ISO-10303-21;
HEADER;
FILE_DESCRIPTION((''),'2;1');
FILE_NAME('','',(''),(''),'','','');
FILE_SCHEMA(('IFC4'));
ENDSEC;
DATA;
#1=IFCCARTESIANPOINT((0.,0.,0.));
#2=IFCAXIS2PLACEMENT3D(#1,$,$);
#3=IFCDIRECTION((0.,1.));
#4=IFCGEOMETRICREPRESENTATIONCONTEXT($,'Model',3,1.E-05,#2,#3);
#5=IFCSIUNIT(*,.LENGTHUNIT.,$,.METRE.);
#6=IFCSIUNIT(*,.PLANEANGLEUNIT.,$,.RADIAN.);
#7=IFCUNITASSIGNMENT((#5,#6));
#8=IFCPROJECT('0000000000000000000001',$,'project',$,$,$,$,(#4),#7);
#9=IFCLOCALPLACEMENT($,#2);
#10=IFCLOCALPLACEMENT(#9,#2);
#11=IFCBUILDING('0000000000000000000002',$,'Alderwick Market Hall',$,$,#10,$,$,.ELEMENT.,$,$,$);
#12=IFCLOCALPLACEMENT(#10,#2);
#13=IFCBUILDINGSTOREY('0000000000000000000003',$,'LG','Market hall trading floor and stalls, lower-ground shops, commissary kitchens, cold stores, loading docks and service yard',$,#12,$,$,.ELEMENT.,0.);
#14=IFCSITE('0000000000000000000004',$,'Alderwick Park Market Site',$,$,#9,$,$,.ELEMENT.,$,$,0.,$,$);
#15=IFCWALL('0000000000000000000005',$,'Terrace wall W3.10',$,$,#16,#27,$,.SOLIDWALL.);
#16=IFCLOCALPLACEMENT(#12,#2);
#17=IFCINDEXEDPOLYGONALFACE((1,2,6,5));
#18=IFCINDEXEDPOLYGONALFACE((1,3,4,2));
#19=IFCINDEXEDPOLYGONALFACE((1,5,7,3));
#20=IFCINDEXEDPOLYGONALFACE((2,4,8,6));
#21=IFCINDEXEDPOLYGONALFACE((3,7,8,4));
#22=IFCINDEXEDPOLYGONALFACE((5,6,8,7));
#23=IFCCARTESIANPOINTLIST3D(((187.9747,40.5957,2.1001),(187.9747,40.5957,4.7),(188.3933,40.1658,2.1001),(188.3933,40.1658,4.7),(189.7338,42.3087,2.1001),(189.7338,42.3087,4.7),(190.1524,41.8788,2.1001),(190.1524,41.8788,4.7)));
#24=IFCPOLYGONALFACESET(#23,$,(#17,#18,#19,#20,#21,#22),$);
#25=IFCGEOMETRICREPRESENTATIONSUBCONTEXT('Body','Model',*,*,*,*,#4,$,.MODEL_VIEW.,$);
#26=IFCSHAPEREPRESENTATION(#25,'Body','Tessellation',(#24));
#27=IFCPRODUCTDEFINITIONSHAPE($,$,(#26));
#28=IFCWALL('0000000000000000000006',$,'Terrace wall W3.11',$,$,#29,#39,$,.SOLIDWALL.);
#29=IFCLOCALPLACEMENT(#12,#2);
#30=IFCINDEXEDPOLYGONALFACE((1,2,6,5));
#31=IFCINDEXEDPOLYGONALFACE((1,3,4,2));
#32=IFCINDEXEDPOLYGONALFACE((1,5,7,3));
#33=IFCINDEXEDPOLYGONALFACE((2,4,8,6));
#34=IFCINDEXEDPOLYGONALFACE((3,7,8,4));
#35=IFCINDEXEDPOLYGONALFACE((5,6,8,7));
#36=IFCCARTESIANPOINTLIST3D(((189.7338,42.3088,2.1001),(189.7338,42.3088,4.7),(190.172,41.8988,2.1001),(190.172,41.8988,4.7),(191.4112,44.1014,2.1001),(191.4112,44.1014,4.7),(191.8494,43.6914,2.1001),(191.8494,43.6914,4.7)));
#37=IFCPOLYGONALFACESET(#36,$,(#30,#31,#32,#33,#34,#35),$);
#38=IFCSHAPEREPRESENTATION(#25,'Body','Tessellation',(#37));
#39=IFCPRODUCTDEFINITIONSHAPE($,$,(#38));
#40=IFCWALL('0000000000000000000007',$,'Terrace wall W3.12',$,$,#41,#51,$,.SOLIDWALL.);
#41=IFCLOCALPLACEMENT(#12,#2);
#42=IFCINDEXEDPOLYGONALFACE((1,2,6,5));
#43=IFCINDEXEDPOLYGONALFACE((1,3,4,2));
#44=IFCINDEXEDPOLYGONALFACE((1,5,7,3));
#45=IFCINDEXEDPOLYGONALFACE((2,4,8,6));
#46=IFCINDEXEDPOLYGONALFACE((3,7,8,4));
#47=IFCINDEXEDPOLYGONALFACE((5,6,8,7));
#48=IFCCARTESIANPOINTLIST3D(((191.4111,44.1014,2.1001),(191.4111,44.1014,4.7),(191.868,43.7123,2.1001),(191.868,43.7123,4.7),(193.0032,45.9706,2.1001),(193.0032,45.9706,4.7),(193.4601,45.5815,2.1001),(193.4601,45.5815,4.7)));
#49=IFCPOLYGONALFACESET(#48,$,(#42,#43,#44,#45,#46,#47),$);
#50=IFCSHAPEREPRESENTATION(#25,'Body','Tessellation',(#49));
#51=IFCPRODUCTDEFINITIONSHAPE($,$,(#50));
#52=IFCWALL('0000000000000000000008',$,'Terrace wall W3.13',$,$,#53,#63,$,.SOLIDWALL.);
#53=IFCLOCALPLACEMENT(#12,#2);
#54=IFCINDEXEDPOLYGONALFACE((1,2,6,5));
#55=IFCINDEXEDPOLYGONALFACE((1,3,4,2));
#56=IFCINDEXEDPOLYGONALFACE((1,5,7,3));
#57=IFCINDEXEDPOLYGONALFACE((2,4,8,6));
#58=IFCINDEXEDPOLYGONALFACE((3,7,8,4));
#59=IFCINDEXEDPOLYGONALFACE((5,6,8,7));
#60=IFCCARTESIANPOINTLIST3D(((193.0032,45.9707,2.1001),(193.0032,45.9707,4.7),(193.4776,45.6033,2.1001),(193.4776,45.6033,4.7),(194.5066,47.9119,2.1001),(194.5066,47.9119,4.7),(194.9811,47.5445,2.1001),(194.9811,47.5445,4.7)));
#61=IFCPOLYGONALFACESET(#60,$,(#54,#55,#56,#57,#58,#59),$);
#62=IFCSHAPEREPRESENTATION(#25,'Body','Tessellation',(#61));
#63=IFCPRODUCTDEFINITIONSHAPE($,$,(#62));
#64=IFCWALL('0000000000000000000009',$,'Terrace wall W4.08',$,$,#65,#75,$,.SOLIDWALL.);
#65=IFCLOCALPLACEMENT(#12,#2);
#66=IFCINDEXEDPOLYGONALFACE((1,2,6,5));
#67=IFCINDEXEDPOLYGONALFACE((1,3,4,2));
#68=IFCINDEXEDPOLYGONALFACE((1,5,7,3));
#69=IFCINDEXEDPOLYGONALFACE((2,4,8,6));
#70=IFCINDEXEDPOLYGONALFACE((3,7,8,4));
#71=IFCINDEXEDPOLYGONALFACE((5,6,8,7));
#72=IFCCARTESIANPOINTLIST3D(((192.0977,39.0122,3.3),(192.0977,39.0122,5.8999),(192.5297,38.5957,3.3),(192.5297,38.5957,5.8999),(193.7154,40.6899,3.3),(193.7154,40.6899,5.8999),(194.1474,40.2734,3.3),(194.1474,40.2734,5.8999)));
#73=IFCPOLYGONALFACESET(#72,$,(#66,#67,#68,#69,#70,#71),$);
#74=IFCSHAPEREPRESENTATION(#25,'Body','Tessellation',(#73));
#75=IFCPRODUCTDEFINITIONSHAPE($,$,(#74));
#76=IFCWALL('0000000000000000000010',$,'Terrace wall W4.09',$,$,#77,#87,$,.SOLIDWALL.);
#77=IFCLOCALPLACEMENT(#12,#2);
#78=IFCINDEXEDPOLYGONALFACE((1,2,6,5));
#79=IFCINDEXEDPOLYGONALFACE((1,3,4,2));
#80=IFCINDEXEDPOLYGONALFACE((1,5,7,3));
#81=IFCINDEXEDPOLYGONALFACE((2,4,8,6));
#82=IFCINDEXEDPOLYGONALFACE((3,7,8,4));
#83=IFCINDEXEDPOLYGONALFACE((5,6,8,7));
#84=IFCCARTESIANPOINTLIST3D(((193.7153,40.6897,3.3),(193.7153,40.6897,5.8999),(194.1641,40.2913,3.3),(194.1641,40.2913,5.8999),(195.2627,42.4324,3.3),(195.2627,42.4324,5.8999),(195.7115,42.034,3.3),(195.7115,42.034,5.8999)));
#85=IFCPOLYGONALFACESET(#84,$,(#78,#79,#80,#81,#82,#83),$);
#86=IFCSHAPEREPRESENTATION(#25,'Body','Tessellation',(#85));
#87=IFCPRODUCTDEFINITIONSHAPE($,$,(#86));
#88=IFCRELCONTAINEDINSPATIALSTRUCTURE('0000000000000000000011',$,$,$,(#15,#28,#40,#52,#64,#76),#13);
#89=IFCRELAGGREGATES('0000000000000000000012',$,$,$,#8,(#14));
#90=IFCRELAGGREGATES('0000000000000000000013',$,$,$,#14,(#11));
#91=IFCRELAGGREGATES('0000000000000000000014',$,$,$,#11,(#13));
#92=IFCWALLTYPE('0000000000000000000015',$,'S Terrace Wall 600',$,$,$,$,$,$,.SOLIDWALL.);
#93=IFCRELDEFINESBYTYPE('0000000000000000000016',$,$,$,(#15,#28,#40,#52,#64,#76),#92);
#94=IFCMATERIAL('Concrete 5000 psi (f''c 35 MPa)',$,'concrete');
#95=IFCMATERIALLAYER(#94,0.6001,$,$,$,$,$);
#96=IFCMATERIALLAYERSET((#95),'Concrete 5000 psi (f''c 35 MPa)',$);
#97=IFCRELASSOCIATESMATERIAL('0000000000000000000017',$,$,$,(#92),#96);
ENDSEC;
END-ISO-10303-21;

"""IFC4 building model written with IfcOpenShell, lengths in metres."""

from ifc_helpers import new_model, si_unit, direction, frame, frame_2d, origin, place, context, subcontext, project, spatial, rectangle, extrude, material, layer, layer_set, type_object, element, save


model = new_model("IFC4")

# Units and contexts
model_context = context("Model", 3, precision=1e-05, world=origin(), true_north=direction((0.0, 1.0)))
body_context = subcontext(model_context, "Body", "Model", "MODEL_VIEW")
ifc_project = project(units=[si_unit("LENGTHUNIT", "METRE"), si_unit("PLANEANGLEUNIT", "RADIAN")], contexts=[model_context])

# Site, building, storey
site_placement = place(None, origin())
site = spatial("IfcSite", under=ifc_project, at=site_placement, Name="Alderwick Park Market Site", CompositionType="ELEMENT", RefElevation=0.0)
building_placement = place(site_placement, origin())
building = spatial("IfcBuilding", under=site, at=building_placement, Name="Alderwick Market Hall", CompositionType="ELEMENT")
storey_placement = place(building_placement, origin())
storey = spatial("IfcBuildingStorey", under=building, at=storey_placement, Name="LG", Description="Market hall trading floor and stalls, lower-ground shops, commissary kitchens, cold stores, loading docks and service yard", CompositionType="ELEMENT", Elevation=0.0)

# Walls
ifc_material = material(Name="Concrete 5000 psi (f'c 35 MPa)", Category="concrete")
ifc_layer = layer(ifc_material, 0.6001)
ifc_layer_set = layer_set([ifc_layer], Name="Concrete 5000 psi (f'c 35 MPa)")
wall_type = type_object("IfcWallType", Name="S Terrace Wall 600", PredefinedType="SOLIDWALL", material=ifc_layer_set)
wall_1_placement = place(storey_placement, frame((188.1841, 40.3809, 2.1001), z_axis=(0.0, 0.0, 1.0), x_axis=(0.716441, 0.697648, 0.0)))
element("IfcWall", 1, at=wall_1_placement, inside=storey, type_object=wall_type, Name="Terrace wall W3.10", PredefinedType="SOLIDWALL", context=body_context, shape_type="SweptSolid", body=[
    extrude(rectangle(XDim=2.4553, YDim=0.6001, at=frame_2d((1.2275, 0.0))), origin(), (0.0, 0.0, 1.0), 2.5999),
])
wall_2_placement = place(storey_placement, frame((189.9529, 42.1038, 2.1001), z_axis=(0.0, 0.0, 1.0), x_axis=(0.683249, 0.730185, 0.0)))
element("IfcWall", 2, at=wall_2_placement, inside=storey, type_object=wall_type, Name="Terrace wall W3.11", PredefinedType="SOLIDWALL", context=body_context, shape_type="SweptSolid", body=[
    extrude(rectangle(XDim=2.4551, YDim=0.6001, at=frame_2d((1.2275, 0.0))), origin(), (0.0, 0.0, 1.0), 2.5999),
])
for number, where, z_axis, x_axis, name in (
    (3, (191.6396, 43.907, 2.1001), (0.0, 0.0, 1.0), (0.648422, 0.761281, 0.0), "Terrace wall W3.12"),
    (4, (193.2405, 45.7871, 2.1001), (0.0, 0.0, 1.0), (0.612322, 0.790609, 0.0), "Terrace wall W3.13"),
):
    element("IfcWall", number, at=place(storey_placement, frame(where, z_axis=z_axis, x_axis=x_axis)), inside=storey, type_object=wall_type, Name=name, PredefinedType="SOLIDWALL", context=body_context, shape_type="SweptSolid", body=[
        extrude(rectangle(XDim=2.4553, YDim=0.6001, at=frame_2d((1.2275, 0.0))), origin(), (0.0, 0.0, 1.0), 2.5999),
    ])
for number, where, z_axis, x_axis, name in (
    (5, (192.3137, 38.804, 3.3), (0.0, 0.0, 1.0), (0.694105, 0.719874, 0.0), "Terrace wall W4.08"),
    (6, (193.9397, 40.4905, 3.3), (0.0, 0.0, 1.0), (0.663961, 0.747768, 0.0), "Terrace wall W4.09"),
):
    element("IfcWall", number, at=place(storey_placement, frame(where, z_axis=z_axis, x_axis=x_axis)), inside=storey, type_object=wall_type, Name=name, PredefinedType="SOLIDWALL", context=body_context, shape_type="SweptSolid", body=[
        extrude(rectangle(XDim=2.3306, YDim=0.6001, at=frame_2d((1.1653, 0.0))), origin(), (0.0, 0.0, 1.0), 2.5999),
    ])

save(model, "model.ifc")
